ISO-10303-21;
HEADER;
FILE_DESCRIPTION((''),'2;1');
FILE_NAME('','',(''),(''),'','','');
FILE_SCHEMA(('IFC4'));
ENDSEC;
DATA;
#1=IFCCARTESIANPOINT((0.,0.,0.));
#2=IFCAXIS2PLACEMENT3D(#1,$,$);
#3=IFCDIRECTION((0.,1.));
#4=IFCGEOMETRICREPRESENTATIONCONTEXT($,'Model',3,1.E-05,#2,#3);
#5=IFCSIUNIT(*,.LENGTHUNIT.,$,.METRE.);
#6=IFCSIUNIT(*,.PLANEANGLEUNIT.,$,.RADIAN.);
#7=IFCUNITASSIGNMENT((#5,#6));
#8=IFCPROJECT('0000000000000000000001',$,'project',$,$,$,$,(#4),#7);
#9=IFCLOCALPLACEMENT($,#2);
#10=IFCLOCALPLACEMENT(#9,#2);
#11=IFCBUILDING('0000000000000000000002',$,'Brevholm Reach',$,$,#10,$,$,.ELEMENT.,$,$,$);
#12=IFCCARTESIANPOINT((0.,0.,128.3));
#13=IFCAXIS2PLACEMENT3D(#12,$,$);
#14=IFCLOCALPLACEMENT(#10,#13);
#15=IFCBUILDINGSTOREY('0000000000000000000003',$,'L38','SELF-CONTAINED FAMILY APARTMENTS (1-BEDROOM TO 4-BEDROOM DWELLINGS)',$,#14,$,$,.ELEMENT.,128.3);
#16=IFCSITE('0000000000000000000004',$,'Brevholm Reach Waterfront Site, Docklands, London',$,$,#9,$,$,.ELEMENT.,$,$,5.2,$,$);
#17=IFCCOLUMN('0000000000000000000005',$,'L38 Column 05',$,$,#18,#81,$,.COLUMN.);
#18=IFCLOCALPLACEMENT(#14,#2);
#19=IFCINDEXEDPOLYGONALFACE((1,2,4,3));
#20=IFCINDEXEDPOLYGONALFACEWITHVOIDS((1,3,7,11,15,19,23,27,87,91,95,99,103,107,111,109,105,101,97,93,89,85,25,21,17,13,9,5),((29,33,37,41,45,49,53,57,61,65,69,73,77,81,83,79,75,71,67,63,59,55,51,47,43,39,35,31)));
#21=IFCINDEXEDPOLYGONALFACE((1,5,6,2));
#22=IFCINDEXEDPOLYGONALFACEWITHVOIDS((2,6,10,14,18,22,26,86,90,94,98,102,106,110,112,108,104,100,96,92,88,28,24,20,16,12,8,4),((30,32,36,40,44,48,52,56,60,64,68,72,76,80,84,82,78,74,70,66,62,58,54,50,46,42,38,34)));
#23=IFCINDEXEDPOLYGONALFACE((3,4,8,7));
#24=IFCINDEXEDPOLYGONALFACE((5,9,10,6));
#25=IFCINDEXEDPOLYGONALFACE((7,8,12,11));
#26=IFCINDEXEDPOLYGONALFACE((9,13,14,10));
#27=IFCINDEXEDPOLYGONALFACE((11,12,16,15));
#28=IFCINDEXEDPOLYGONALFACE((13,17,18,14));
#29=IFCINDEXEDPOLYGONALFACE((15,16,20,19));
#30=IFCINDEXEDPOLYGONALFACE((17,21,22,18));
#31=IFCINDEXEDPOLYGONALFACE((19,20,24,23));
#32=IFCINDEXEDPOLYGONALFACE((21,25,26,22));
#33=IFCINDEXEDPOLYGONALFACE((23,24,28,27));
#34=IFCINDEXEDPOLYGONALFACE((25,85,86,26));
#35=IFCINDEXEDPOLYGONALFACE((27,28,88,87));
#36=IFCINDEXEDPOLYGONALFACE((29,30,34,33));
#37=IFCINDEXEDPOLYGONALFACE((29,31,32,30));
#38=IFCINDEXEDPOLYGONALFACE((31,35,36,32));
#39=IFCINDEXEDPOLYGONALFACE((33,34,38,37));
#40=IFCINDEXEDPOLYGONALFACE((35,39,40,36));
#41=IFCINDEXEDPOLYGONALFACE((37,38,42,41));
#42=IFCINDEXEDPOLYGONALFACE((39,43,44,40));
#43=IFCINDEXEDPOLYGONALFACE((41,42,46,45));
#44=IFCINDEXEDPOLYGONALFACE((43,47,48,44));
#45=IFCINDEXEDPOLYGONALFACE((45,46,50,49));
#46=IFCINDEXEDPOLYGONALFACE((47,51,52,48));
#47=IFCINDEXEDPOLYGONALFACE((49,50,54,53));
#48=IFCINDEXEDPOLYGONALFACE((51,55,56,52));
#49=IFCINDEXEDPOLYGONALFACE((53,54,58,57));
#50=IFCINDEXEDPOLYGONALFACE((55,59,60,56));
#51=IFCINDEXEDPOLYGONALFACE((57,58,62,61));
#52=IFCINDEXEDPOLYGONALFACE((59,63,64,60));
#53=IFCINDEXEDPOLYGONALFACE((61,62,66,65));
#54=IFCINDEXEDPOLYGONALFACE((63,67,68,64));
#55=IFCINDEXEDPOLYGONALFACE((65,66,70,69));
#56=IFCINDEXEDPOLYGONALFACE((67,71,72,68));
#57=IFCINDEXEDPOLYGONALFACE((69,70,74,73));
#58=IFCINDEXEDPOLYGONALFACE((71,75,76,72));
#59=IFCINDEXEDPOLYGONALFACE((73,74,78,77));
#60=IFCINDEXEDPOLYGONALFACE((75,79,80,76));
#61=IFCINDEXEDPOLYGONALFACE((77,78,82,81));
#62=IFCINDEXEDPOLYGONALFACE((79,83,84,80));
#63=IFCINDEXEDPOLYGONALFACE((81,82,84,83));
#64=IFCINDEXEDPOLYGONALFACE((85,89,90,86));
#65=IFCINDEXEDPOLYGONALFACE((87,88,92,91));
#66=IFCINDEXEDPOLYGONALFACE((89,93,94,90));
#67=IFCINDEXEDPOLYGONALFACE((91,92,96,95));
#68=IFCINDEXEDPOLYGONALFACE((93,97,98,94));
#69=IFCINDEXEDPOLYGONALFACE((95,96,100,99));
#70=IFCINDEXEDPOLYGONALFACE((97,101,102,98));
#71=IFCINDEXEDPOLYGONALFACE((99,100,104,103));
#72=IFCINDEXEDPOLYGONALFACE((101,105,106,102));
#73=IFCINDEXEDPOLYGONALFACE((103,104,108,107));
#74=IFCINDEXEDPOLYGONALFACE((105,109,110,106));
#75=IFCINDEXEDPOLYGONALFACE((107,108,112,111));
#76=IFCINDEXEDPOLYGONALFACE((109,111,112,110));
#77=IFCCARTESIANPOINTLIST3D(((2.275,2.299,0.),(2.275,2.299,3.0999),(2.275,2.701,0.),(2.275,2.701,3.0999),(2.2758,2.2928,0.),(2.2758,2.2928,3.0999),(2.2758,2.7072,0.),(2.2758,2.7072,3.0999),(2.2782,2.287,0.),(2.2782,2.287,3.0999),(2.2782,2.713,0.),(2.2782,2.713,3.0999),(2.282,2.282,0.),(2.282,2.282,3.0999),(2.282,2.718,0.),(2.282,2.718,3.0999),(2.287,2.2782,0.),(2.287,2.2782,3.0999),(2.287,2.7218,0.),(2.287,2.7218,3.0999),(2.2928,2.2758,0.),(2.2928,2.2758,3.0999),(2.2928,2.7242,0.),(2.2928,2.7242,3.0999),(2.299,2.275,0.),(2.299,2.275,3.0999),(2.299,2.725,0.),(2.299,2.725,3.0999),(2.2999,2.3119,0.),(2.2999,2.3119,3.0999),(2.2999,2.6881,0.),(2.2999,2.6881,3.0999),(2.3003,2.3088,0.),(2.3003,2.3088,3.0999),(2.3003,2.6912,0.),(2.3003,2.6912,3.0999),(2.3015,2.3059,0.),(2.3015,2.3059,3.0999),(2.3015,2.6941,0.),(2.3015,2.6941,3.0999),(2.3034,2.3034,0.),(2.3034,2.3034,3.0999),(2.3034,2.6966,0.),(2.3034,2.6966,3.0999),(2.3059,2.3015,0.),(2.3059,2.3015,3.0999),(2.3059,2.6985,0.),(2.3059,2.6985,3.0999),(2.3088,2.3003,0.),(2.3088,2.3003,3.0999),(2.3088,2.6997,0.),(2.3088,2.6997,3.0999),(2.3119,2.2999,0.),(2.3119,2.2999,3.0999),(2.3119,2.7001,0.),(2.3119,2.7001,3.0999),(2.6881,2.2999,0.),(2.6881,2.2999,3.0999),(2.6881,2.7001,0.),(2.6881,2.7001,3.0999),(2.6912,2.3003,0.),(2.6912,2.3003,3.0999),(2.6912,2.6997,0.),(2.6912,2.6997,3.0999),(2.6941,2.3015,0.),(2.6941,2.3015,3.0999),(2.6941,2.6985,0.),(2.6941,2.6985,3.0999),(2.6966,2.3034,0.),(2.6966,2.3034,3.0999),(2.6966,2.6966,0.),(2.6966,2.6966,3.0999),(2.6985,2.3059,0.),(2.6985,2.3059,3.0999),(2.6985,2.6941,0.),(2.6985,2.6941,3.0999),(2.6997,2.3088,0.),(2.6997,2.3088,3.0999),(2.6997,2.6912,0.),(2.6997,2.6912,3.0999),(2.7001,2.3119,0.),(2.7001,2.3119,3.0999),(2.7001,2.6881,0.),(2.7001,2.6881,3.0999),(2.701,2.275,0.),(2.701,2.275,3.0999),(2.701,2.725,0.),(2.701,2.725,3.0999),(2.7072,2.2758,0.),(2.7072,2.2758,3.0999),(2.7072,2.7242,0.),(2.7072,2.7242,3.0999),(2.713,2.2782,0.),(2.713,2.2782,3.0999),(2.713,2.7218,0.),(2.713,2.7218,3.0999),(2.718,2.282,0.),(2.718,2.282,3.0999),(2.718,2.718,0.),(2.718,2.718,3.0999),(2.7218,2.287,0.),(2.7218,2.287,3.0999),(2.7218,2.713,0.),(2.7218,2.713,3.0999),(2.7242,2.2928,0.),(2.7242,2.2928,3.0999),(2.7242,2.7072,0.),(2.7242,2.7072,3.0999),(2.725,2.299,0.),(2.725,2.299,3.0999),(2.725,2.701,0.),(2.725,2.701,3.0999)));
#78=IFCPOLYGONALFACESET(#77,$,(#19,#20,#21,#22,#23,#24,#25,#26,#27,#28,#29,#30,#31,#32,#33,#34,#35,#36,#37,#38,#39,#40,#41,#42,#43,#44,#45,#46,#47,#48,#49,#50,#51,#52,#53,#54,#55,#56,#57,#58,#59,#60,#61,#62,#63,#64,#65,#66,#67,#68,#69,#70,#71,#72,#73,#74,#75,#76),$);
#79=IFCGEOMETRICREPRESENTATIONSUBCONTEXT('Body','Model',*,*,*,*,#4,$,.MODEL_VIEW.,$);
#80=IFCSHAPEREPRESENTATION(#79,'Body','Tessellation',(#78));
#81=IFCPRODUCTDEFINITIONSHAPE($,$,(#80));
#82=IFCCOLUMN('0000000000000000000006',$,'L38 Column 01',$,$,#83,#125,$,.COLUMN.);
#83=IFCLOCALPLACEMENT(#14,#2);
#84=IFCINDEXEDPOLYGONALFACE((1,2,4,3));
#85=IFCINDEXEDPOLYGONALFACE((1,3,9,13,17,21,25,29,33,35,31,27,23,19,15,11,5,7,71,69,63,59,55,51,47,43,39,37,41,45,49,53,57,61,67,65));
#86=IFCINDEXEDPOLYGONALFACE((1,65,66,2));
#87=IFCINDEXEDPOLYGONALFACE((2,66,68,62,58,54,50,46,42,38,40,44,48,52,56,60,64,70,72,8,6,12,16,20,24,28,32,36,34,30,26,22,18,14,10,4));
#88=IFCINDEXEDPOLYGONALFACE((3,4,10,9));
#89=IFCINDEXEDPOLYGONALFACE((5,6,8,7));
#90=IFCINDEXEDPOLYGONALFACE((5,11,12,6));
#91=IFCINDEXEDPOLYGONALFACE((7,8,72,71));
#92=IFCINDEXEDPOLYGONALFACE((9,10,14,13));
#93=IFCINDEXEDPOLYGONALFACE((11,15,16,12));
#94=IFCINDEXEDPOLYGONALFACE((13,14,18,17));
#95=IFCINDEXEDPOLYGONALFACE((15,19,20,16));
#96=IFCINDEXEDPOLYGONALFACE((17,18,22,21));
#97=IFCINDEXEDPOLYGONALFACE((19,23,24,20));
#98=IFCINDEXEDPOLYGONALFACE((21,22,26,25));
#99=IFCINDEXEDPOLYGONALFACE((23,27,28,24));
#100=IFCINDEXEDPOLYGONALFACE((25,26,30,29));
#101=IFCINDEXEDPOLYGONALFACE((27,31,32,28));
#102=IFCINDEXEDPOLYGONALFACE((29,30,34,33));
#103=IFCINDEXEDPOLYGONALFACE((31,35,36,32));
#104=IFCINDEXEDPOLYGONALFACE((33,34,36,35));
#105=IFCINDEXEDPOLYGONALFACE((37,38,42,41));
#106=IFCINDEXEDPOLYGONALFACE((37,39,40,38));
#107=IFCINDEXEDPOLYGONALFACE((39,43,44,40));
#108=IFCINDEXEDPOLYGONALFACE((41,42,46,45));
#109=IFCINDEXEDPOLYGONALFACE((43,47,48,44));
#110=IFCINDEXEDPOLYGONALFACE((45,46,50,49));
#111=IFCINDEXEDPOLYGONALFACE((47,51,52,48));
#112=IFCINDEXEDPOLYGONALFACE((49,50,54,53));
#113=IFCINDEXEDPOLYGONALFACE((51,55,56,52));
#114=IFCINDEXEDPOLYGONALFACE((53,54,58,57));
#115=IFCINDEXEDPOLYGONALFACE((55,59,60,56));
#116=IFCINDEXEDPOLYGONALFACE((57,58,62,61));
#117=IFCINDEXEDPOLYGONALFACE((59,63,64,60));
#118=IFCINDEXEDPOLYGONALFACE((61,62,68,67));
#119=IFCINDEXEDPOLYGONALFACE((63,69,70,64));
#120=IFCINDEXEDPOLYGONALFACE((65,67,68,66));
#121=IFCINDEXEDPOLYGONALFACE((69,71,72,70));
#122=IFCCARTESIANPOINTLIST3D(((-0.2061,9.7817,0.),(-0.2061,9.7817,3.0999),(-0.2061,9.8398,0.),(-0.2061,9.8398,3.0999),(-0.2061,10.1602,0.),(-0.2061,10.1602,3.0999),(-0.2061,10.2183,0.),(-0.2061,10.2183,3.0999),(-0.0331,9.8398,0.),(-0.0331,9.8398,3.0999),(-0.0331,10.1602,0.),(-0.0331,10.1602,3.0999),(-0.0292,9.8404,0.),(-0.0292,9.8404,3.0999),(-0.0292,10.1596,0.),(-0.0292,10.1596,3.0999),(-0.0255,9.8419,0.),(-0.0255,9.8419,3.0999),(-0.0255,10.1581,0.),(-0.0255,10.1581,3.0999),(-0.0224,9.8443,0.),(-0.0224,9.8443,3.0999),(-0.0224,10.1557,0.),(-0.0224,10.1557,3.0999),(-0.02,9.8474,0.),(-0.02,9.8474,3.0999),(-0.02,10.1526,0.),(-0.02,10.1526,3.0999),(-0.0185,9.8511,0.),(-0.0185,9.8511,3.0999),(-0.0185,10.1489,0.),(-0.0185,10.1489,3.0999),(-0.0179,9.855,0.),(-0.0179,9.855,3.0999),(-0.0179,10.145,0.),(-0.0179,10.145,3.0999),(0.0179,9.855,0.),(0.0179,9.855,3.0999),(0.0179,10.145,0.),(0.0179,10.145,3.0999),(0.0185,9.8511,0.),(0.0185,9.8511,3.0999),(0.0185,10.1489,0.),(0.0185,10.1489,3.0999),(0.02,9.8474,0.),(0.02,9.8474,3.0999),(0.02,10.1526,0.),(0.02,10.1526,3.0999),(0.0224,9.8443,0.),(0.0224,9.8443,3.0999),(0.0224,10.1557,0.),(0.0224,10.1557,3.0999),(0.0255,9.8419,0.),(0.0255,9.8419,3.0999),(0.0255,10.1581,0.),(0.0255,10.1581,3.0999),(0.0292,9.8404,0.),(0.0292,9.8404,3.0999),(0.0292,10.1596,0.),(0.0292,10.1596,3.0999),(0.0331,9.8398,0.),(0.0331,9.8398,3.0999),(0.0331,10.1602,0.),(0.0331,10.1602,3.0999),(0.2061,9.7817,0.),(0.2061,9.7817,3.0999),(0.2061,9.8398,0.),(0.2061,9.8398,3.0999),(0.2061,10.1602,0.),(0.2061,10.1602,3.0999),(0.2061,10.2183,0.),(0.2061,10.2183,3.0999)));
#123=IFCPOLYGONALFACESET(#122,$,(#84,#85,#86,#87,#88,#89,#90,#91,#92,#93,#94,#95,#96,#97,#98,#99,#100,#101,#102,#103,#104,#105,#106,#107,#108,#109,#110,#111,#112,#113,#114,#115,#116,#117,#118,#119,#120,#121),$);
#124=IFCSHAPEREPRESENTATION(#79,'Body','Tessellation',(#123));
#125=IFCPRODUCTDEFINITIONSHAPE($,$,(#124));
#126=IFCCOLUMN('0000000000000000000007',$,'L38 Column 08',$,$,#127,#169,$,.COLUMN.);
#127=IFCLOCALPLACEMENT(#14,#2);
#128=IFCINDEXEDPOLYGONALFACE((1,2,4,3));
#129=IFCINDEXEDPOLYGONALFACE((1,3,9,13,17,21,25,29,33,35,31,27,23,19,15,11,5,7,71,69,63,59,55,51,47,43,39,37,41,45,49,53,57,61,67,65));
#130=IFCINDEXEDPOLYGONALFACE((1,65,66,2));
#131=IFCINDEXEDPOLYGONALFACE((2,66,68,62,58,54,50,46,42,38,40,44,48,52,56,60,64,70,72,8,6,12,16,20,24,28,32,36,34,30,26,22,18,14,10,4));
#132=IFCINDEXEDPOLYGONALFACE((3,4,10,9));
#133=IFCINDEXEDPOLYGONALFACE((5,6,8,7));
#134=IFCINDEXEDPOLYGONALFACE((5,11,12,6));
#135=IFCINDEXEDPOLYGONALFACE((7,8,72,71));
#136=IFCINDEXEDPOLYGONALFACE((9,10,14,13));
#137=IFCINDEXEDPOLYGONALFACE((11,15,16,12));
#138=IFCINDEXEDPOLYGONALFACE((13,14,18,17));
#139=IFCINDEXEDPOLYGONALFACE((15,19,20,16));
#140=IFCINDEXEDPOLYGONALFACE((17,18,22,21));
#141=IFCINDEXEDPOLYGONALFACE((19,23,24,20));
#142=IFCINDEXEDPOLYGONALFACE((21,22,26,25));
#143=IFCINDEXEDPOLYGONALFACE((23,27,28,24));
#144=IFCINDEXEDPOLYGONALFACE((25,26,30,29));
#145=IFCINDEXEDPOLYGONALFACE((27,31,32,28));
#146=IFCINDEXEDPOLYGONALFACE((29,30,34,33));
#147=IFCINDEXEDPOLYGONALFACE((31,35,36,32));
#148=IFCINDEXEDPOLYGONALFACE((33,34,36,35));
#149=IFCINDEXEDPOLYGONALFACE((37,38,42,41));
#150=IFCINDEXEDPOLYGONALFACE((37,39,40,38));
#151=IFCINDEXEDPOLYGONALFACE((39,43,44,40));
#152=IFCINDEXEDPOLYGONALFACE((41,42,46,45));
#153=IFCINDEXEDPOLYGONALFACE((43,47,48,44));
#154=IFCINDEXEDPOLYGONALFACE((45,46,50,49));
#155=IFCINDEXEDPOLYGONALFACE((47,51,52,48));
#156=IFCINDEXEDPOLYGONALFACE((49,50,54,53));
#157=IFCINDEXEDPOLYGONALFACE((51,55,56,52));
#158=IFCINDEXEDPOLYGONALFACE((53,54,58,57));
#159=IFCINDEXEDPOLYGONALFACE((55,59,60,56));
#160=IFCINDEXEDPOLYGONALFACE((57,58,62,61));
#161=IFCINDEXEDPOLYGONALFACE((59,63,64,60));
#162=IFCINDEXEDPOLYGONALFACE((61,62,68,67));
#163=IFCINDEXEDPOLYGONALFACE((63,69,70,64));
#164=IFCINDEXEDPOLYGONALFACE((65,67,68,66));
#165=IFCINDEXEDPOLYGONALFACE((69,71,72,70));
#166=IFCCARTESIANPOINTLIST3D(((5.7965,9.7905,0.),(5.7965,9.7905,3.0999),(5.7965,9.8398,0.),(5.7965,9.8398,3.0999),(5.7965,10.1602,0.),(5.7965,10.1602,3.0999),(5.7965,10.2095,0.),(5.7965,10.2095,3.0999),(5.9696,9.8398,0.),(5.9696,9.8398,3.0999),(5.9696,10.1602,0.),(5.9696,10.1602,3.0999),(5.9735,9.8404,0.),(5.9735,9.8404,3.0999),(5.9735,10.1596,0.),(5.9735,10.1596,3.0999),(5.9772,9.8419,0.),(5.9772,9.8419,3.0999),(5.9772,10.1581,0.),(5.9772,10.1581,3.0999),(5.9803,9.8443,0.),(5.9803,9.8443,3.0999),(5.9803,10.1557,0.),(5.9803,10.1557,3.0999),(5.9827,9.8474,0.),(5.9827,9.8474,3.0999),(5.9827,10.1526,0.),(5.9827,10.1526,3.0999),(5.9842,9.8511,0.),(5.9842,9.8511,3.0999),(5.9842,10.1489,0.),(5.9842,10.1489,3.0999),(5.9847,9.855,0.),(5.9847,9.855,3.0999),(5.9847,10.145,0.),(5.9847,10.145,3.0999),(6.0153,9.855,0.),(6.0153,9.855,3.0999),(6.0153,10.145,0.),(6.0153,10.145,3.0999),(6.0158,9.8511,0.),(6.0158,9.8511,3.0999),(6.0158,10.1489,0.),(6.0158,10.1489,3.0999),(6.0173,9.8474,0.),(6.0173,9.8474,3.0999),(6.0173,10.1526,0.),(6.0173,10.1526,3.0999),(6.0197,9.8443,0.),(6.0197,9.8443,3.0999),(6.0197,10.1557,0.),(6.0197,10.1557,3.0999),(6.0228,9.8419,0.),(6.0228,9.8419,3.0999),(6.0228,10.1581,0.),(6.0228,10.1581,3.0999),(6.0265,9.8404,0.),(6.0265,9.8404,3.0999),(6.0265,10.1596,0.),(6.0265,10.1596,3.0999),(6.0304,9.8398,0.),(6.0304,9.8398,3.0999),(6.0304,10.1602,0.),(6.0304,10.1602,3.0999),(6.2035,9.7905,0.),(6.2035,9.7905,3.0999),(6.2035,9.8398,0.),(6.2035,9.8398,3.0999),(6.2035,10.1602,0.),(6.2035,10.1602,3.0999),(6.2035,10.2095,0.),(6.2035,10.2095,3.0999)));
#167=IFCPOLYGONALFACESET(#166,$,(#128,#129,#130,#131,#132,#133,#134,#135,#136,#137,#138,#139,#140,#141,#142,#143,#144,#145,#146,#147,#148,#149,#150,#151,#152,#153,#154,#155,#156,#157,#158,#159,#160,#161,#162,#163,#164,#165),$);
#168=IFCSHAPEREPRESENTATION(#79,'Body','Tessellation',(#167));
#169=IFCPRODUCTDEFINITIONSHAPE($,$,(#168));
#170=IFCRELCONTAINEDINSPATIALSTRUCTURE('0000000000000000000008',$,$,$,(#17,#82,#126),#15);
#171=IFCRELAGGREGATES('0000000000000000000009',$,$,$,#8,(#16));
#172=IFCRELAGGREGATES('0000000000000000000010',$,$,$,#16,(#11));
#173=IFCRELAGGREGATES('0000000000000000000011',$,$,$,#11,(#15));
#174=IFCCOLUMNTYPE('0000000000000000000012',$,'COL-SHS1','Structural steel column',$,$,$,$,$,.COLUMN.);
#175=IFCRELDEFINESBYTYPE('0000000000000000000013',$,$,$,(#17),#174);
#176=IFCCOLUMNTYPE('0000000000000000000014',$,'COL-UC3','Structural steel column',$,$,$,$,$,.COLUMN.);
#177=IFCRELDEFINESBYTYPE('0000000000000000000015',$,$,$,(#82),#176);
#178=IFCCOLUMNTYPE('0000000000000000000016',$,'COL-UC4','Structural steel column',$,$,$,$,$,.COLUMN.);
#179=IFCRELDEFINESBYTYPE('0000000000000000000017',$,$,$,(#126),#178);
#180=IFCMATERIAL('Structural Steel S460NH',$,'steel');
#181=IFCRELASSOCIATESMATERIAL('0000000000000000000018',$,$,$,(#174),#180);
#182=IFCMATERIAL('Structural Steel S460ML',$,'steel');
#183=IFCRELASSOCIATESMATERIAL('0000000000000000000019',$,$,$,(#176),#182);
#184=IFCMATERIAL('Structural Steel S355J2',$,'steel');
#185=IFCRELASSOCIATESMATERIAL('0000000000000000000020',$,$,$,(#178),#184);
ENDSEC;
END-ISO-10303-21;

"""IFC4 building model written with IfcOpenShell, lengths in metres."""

from ifc_helpers import new_model, si_unit, direction, frame, origin, origin_2d, place, context, subcontext, project, spatial, hollow_rectangle, i_section, extrude, material, material_profile, profile_set, type_object, element, save


model = new_model("IFC4")

# Units and contexts
model_context = context("Model", 3, precision=1e-05, world=origin(), true_north=direction((0.0, 1.0)))
body_context = subcontext(model_context, "Body", "Model", "MODEL_VIEW")
ifc_project = project(units=[si_unit("LENGTHUNIT", "METRE"), si_unit("PLANEANGLEUNIT", "RADIAN")], contexts=[model_context])

# Site, building, storey
site_placement = place(None, origin())
site = spatial("IfcSite", under=ifc_project, at=site_placement, Name="Brevholm Reach Waterfront Site, Docklands, London", CompositionType="ELEMENT", RefElevation=5.2)
building_placement = place(site_placement, origin())
building = spatial("IfcBuilding", under=site, at=building_placement, Name="Brevholm Reach", CompositionType="ELEMENT")
storey_placement = place(building_placement, frame((0.0, 0.0, 128.3)))
storey = spatial("IfcBuildingStorey", under=building, at=storey_placement, Name="L38", Description="SELF-CONTAINED FAMILY APARTMENTS (1-BEDROOM TO 4-BEDROOM DWELLINGS)", CompositionType="ELEMENT", Elevation=128.3)

# Columns
ifc_material_1 = material(Name="Structural Steel S460NH", Category="steel")
ifc_material_profile_1 = material_profile(ifc_material_1, hollow_rectangle(XDim=0.45, YDim=0.45, WallThickness=0.0249, InnerFilletRadius=0.012, OuterFilletRadius=0.0239, at=origin_2d()), Name="SHS 450x450x25")
ifc_profile_set_1 = profile_set([ifc_material_profile_1], Name="Structural Steel S460NH")
column_type_1 = type_object("IfcColumnType", Name="COL-SHS1", Description="Structural steel column", PredefinedType="COLUMN", material=ifc_profile_set_1)
column_1_placement = place(storey_placement, frame((2.5, 2.5, 0.0), z_axis=(0.0, 0.0, 1.0), x_axis=(1.0, 0.0, 0.0)))
element("IfcColumn", 1, at=column_1_placement, inside=storey, type_object=column_type_1, Name="L38 Column 05", PredefinedType="COLUMN", context=body_context, shape_type="SweptSolid", body=[
    extrude(hollow_rectangle(XDim=0.45, YDim=0.45, WallThickness=0.0249, InnerFilletRadius=0.012, OuterFilletRadius=0.0239, at=origin_2d()), origin(), (0.0, 0.0, 1.0), 3.0999),
])
ifc_material_2 = material(Name="Structural Steel S460ML", Category="steel")
ifc_material_profile_2 = material_profile(ifc_material_2, i_section(OverallWidth=0.4121, OverallDepth=0.4365, WebThickness=0.0359, FlangeThickness=0.0581, FilletRadius=0.0151, at=origin_2d()), Name="UKC 356x406x467")
ifc_profile_set_2 = profile_set([ifc_material_profile_2], Name="Structural Steel S460ML")
column_type_2 = type_object("IfcColumnType", Name="COL-UC3", Description="Structural steel column", PredefinedType="COLUMN", material=ifc_profile_set_2)
column_2_placement = place(storey_placement, frame((0.0, 10.0, 0.0), z_axis=(0.0, 0.0, 1.0), x_axis=(1.0, 0.0, 0.0)))
element("IfcColumn", 2, at=column_2_placement, inside=storey, type_object=column_type_2, Name="L38 Column 01", PredefinedType="COLUMN", context=body_context, shape_type="SweptSolid", body=[
    extrude(i_section(OverallWidth=0.4121, OverallDepth=0.4365, WebThickness=0.0359, FlangeThickness=0.0581, FilletRadius=0.0151, at=origin_2d()), origin(), (0.0, 0.0, 1.0), 3.0999),
])
ifc_material_3 = material(Name="Structural Steel S355J2", Category="steel")
ifc_material_profile_3 = material_profile(ifc_material_3, i_section(OverallWidth=0.407, OverallDepth=0.4189, WebThickness=0.0305, FlangeThickness=0.0493, FilletRadius=0.0151, at=origin_2d()), Name="UKC 356x406x393")
ifc_profile_set_3 = profile_set([ifc_material_profile_3], Name="Structural Steel S355J2")
column_type_3 = type_object("IfcColumnType", Name="COL-UC4", Description="Structural steel column", PredefinedType="COLUMN", material=ifc_profile_set_3)
column_3_placement = place(storey_placement, frame((6.0, 10.0, 0.0), z_axis=(0.0, 0.0, 1.0), x_axis=(1.0, 0.0, 0.0)))
element("IfcColumn", 3, at=column_3_placement, inside=storey, type_object=column_type_3, Name="L38 Column 08", PredefinedType="COLUMN", context=body_context, shape_type="SweptSolid", body=[
    extrude(i_section(OverallWidth=0.407, OverallDepth=0.4189, WebThickness=0.0305, FlangeThickness=0.0493, FilletRadius=0.0151, at=origin_2d()), origin(), (0.0, 0.0, 1.0), 3.0999),
])

save(model, "model.ifc")
